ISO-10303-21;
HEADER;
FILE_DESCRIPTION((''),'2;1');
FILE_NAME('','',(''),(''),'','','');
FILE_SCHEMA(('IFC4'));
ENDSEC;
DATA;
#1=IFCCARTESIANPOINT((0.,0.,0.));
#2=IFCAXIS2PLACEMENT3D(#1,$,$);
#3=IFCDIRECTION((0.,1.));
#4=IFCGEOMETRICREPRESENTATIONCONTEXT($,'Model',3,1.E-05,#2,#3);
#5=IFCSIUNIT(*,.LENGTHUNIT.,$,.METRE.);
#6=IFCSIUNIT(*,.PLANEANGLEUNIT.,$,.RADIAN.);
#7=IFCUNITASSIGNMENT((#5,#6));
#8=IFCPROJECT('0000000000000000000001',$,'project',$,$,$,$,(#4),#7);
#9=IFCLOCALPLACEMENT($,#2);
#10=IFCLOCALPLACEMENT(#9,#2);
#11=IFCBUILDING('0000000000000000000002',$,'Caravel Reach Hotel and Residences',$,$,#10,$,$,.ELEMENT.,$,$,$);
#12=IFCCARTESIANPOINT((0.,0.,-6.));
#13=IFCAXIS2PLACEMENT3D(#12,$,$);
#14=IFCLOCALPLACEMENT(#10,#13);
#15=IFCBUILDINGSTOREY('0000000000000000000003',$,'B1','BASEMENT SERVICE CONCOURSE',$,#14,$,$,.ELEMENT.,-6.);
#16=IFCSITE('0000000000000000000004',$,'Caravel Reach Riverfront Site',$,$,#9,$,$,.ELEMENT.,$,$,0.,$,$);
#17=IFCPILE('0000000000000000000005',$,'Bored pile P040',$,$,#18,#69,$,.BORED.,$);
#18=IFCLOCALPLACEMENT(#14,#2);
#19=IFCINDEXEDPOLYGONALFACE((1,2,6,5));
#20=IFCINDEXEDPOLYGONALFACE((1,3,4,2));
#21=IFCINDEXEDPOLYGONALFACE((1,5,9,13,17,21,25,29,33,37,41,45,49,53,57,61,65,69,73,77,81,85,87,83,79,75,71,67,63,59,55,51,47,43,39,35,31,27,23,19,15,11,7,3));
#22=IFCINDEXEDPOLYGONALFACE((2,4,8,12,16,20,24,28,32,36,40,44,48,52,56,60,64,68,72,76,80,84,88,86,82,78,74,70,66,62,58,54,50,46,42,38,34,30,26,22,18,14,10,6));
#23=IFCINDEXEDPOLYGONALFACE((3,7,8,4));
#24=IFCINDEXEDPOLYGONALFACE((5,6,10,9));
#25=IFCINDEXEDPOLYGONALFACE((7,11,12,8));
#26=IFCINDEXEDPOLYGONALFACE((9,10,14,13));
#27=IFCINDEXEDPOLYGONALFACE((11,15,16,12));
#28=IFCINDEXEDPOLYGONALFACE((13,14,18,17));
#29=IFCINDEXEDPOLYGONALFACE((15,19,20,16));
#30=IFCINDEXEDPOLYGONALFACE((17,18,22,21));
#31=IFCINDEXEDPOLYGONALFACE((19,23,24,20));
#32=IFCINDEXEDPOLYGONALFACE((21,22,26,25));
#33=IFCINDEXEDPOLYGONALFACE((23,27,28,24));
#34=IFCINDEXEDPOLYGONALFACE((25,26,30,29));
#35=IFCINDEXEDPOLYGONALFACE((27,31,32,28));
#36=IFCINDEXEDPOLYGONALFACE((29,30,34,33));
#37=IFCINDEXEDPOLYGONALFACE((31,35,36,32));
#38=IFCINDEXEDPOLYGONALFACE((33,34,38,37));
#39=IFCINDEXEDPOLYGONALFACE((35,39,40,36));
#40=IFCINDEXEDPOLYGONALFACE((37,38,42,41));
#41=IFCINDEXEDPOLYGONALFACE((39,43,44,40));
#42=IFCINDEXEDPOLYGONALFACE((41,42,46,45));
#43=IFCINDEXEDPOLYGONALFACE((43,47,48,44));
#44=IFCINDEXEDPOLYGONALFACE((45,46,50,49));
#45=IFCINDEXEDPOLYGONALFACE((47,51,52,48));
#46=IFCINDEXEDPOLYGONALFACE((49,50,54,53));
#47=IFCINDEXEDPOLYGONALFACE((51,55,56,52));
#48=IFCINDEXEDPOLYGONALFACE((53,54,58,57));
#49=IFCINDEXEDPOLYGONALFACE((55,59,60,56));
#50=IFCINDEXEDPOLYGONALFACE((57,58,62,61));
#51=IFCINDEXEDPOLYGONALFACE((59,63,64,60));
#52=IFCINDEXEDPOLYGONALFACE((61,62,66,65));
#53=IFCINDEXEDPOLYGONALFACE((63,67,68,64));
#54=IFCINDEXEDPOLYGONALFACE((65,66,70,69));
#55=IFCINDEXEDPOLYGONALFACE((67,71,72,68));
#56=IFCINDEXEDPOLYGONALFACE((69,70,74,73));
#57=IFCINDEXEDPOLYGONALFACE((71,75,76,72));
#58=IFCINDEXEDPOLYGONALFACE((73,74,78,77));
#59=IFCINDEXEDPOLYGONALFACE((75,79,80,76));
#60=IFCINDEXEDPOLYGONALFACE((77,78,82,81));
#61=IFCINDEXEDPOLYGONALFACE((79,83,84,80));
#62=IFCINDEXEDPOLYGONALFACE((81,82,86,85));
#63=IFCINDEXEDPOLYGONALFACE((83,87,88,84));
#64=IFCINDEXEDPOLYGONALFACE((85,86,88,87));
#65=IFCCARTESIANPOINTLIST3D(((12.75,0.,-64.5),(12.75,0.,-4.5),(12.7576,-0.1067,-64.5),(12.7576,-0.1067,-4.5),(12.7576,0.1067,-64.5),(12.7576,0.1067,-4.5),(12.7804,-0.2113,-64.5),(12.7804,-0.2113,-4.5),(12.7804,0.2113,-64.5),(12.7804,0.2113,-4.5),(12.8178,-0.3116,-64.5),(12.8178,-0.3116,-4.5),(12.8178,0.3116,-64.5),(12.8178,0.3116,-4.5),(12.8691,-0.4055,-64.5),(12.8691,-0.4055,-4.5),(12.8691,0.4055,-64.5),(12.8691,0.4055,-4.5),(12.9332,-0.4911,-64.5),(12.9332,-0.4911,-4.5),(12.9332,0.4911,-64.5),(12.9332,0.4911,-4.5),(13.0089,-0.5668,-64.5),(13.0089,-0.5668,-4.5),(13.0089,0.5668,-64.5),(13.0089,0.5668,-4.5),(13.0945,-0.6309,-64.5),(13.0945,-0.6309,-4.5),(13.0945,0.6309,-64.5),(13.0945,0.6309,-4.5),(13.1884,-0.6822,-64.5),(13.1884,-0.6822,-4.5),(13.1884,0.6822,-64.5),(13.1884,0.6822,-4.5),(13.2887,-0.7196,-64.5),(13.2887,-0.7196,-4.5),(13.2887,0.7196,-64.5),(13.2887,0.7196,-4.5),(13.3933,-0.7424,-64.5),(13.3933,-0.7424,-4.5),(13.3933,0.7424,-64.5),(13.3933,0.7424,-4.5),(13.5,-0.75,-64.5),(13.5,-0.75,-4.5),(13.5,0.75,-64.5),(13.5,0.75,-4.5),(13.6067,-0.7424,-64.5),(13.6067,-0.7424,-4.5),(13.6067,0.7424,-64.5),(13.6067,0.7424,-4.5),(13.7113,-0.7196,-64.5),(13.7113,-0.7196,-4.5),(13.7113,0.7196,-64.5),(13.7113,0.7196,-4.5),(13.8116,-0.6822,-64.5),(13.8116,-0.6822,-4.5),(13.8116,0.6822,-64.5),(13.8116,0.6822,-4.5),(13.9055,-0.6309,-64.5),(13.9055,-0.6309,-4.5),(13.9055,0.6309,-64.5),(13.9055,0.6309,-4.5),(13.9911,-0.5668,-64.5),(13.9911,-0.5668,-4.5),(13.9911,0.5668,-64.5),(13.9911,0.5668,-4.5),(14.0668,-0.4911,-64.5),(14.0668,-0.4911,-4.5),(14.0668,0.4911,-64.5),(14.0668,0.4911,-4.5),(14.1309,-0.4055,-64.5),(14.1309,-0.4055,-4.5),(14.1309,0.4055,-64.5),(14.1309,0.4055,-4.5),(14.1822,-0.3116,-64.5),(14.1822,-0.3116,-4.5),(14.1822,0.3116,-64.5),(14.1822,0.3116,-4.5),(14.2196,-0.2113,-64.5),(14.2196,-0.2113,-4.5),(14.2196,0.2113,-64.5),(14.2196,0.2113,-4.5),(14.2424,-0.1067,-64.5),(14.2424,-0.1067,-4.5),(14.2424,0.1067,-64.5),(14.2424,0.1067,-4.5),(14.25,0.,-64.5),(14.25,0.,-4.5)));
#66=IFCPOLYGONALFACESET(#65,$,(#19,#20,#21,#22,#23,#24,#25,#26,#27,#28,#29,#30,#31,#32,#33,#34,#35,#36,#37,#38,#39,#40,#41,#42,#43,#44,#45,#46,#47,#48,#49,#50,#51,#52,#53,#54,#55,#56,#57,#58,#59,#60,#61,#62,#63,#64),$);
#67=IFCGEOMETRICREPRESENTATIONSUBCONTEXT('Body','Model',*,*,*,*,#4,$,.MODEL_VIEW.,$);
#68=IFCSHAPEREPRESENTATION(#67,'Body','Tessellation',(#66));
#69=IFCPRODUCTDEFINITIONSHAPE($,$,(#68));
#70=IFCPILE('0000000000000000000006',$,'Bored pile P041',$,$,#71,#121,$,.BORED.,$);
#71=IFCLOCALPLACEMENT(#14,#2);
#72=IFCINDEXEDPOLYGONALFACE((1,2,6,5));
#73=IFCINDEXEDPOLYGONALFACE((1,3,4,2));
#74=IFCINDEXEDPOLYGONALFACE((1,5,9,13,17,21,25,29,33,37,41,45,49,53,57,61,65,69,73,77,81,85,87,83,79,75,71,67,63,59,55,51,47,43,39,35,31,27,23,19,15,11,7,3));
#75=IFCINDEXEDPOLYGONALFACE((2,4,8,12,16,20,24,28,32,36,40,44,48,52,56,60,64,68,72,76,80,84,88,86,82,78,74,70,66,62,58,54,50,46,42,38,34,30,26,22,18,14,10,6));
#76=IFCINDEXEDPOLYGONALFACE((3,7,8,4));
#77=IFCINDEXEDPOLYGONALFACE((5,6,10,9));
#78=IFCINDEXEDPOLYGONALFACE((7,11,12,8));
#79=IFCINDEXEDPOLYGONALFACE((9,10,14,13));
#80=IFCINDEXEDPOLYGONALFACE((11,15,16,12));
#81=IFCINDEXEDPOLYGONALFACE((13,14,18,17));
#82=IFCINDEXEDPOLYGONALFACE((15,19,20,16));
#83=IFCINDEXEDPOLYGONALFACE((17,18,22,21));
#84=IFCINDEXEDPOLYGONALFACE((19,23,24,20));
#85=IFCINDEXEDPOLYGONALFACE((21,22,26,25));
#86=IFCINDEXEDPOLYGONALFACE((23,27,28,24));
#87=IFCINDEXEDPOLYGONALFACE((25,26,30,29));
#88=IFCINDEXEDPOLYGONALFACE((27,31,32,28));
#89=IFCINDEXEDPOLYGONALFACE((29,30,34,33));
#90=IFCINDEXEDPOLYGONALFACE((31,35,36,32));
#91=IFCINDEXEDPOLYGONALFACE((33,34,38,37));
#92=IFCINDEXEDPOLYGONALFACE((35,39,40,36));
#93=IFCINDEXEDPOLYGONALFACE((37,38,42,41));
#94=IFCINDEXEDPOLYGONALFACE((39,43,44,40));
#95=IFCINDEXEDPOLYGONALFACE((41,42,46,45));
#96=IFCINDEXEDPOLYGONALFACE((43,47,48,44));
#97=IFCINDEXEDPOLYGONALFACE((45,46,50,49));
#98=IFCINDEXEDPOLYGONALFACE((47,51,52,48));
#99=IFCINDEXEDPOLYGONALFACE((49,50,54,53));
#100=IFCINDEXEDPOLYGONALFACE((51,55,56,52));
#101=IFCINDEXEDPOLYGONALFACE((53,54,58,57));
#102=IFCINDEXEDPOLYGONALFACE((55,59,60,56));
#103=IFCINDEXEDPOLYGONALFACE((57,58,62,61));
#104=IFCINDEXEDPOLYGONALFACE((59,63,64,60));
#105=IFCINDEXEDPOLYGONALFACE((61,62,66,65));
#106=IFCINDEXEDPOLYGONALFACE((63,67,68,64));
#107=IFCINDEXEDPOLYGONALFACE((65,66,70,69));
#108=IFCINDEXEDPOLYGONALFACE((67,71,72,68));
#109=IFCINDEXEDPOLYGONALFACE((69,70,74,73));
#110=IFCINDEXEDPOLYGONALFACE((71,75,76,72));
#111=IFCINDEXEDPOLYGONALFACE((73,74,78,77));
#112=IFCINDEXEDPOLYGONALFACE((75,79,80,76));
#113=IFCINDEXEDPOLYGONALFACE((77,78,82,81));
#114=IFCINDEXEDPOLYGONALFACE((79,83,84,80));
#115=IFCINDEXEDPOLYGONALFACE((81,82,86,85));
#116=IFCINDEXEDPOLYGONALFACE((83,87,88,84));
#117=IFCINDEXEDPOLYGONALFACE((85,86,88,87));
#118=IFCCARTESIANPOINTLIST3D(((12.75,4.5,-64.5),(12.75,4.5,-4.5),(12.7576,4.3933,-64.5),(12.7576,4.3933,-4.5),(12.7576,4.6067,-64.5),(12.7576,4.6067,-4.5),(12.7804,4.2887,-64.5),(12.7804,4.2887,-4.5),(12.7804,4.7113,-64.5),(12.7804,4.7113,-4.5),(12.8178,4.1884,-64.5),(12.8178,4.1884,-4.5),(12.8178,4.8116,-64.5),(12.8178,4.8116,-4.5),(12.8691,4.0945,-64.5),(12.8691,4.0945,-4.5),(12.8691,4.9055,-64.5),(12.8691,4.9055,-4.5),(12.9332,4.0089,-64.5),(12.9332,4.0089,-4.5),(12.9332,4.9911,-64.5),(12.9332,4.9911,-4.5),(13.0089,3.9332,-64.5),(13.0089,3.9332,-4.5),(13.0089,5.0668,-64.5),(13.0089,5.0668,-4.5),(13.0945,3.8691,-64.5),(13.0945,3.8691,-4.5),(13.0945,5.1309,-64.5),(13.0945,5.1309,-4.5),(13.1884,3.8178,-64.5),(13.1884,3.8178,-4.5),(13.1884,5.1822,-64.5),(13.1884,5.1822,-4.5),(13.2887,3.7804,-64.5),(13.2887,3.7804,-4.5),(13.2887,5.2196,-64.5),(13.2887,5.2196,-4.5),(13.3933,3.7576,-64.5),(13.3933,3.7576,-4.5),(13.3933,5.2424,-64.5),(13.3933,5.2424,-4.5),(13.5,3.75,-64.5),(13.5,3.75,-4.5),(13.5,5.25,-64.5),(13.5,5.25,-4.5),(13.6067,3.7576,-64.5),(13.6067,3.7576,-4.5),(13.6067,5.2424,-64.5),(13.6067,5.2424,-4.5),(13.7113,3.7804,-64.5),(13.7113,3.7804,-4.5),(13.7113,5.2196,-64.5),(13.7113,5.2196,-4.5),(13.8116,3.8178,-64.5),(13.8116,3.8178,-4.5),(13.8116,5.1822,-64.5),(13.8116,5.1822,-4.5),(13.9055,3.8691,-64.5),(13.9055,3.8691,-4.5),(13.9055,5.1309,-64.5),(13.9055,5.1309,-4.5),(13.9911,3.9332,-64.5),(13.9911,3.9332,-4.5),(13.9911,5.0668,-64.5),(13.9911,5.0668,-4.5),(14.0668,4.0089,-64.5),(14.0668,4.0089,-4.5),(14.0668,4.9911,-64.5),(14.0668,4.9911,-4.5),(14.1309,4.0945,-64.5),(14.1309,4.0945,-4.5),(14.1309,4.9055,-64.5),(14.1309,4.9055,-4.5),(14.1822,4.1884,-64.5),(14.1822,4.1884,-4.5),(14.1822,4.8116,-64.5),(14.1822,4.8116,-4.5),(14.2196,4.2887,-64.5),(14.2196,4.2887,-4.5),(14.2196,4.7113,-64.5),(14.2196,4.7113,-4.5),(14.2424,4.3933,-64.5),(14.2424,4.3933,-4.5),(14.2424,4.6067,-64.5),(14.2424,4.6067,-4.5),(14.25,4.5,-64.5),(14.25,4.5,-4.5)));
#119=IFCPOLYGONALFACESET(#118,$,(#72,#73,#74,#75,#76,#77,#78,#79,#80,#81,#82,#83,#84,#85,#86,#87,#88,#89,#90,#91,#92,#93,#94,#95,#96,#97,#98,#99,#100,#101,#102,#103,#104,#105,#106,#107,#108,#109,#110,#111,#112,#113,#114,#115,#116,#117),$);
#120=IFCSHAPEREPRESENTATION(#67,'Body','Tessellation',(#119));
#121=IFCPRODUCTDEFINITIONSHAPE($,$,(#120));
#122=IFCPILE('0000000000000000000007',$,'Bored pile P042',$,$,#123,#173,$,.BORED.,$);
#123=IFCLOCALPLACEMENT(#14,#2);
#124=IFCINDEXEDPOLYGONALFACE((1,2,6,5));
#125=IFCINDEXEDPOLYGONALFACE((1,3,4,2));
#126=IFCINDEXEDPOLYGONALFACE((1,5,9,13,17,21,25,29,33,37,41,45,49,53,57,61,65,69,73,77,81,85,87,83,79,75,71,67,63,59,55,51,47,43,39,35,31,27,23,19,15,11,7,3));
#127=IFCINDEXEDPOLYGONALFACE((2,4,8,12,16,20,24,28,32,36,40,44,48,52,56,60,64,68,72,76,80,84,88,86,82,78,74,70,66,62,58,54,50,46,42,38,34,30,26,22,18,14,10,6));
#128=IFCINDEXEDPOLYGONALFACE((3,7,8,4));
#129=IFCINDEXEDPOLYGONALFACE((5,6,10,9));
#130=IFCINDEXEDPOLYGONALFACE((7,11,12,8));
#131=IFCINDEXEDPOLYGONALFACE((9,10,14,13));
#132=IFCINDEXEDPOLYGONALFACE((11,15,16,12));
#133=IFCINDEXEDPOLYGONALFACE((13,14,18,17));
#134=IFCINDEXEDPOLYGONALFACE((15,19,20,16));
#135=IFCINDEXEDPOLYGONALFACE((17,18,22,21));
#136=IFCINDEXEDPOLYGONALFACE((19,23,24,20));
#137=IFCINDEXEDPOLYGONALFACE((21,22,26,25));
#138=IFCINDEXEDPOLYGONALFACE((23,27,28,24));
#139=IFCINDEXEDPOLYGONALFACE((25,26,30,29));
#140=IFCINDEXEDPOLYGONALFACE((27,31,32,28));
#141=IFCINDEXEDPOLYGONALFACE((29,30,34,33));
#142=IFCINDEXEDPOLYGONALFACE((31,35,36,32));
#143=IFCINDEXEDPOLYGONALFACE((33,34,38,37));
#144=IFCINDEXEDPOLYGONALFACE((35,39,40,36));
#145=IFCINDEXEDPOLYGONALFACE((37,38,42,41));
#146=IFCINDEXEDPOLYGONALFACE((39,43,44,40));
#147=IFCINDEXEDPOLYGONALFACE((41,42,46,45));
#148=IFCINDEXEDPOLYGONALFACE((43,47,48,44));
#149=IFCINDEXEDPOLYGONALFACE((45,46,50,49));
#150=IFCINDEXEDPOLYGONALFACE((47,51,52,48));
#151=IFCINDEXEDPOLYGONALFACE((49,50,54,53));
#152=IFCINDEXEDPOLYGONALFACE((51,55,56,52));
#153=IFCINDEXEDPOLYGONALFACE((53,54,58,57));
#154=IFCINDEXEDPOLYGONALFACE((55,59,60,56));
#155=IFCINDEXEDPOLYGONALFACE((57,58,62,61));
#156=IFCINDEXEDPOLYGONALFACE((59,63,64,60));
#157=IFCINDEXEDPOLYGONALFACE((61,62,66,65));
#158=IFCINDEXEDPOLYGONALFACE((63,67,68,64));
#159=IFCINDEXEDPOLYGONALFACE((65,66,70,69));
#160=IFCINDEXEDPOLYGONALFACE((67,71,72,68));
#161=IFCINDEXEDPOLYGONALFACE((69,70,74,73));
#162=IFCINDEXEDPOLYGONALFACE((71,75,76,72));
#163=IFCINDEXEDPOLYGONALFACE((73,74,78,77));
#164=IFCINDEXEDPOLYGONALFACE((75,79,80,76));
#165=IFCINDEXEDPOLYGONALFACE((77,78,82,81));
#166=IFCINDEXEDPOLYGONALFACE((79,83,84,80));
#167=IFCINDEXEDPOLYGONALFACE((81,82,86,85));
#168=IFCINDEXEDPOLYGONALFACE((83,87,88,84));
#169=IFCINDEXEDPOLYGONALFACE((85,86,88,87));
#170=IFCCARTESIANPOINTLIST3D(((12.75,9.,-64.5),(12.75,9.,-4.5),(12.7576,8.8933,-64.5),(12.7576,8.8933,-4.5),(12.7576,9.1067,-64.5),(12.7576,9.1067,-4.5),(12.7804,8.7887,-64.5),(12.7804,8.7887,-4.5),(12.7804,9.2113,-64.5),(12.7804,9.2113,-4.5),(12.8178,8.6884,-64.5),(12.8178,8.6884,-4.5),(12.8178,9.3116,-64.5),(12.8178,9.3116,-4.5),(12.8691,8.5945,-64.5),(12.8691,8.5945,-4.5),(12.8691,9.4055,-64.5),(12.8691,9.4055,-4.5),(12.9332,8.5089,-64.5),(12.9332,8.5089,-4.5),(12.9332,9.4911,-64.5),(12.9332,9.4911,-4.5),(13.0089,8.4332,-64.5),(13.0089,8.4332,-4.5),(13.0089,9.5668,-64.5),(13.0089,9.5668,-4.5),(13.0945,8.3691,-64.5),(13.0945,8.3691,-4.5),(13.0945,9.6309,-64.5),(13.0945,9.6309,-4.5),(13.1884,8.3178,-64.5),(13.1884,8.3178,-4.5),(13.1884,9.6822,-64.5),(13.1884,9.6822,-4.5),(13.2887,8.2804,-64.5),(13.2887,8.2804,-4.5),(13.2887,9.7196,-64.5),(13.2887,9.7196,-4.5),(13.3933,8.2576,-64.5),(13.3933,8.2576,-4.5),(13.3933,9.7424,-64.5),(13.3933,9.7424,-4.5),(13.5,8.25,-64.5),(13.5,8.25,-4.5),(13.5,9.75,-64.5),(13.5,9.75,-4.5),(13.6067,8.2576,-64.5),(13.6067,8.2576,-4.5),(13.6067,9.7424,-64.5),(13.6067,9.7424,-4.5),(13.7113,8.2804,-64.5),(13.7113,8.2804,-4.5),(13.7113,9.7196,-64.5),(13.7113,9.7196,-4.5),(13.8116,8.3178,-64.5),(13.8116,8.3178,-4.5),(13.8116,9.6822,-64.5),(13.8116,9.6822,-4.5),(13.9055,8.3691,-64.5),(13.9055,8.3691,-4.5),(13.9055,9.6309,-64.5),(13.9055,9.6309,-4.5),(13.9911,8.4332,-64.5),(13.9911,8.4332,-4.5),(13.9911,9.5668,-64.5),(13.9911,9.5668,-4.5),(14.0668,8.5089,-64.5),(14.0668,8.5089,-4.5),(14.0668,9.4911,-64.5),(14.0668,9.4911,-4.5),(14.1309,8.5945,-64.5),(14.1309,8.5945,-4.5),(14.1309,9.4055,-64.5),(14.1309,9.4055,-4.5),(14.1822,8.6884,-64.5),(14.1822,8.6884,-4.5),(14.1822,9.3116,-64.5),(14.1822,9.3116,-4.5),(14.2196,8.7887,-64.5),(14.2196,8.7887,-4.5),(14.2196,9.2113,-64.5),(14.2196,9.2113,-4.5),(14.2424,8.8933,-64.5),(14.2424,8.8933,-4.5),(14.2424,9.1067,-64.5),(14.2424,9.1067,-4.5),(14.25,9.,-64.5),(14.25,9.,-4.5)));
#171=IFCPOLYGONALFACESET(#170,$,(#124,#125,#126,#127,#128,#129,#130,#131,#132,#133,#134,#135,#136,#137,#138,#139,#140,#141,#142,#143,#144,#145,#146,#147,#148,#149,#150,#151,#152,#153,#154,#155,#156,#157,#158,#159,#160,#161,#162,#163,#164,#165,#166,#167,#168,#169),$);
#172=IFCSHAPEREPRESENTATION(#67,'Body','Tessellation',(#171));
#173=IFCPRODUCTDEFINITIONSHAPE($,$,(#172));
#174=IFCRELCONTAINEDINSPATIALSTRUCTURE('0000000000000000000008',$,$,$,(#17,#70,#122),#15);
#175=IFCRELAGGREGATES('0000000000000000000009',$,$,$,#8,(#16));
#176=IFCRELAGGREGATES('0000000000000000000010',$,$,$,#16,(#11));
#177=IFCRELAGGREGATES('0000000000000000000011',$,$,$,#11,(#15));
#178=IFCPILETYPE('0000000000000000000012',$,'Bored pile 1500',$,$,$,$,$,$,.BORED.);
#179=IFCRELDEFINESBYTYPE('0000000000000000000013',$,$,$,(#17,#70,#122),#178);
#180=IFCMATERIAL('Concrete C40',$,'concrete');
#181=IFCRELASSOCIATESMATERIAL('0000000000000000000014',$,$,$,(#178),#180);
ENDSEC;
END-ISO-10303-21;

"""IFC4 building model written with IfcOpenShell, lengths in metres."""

from ifc_helpers import new_model, si_unit, direction, frame, origin, origin_2d, place, context, subcontext, project, spatial, circle, extrude, material, material_profile, profile_set, type_object, element, save


model = new_model("IFC4")

# Units and contexts
model_context = context("Model", 3, precision=1e-05, world=origin(), true_north=direction((0.0, 1.0)))
body_context = subcontext(model_context, "Body", "Model", "MODEL_VIEW")
ifc_project = project(units=[si_unit("LENGTHUNIT", "METRE"), si_unit("PLANEANGLEUNIT", "RADIAN")], contexts=[model_context])

# Site, building, storey
site_placement = place(None, origin())
site = spatial("IfcSite", under=ifc_project, at=site_placement, Name="Caravel Reach Riverfront Site", CompositionType="ELEMENT", RefElevation=0.0)
building_placement = place(site_placement, origin())
building = spatial("IfcBuilding", under=site, at=building_placement, Name="Caravel Reach Hotel and Residences", CompositionType="ELEMENT")
storey_placement = place(building_placement, frame((0.0, 0.0, -6.0)))
storey = spatial("IfcBuildingStorey", under=building, at=storey_placement, Name="B1", Description="BASEMENT SERVICE CONCOURSE", CompositionType="ELEMENT", Elevation=-6.0)

# Piles
ifc_material_1 = material(Name="Concrete C40", Category="concrete")
ifc_material_profile_1 = material_profile(ifc_material_1, circle(Radius=0.75, at=origin_2d()), Name="PILE 1500")
ifc_profile_set_1 = profile_set([ifc_material_profile_1], Name="Concrete C40")
pile_type = type_object("IfcPileType", Name="Bored pile 1500", PredefinedType="BORED", material=ifc_profile_set_1)
for number, where, z_axis, x_axis, name in (
    (1, (13.5, 0.0, -4.5), (0.0, 0.0, -1.0), (1.0, 0.0, 0.0), "Bored pile P040"),
    (2, (13.5, 4.5, -4.5), (0.0, 0.0, -1.0), (1.0, 0.0, 0.0), "Bored pile P041"),
    (3, (13.5, 9.0, -4.5), (0.0, 0.0, -1.0), (1.0, 0.0, 0.0), "Bored pile P042"),
):
    element("IfcPile", number, at=place(storey_placement, frame(where, z_axis=z_axis, x_axis=x_axis)), inside=storey, type_object=pile_type, Name=name, PredefinedType="BORED", context=body_context, shape_type="SweptSolid", body=[
        extrude(circle(Radius=0.75, at=origin_2d()), origin(), (0.0, 0.0, 1.0), 60.0),
    ])

save(model, "model.ifc")
